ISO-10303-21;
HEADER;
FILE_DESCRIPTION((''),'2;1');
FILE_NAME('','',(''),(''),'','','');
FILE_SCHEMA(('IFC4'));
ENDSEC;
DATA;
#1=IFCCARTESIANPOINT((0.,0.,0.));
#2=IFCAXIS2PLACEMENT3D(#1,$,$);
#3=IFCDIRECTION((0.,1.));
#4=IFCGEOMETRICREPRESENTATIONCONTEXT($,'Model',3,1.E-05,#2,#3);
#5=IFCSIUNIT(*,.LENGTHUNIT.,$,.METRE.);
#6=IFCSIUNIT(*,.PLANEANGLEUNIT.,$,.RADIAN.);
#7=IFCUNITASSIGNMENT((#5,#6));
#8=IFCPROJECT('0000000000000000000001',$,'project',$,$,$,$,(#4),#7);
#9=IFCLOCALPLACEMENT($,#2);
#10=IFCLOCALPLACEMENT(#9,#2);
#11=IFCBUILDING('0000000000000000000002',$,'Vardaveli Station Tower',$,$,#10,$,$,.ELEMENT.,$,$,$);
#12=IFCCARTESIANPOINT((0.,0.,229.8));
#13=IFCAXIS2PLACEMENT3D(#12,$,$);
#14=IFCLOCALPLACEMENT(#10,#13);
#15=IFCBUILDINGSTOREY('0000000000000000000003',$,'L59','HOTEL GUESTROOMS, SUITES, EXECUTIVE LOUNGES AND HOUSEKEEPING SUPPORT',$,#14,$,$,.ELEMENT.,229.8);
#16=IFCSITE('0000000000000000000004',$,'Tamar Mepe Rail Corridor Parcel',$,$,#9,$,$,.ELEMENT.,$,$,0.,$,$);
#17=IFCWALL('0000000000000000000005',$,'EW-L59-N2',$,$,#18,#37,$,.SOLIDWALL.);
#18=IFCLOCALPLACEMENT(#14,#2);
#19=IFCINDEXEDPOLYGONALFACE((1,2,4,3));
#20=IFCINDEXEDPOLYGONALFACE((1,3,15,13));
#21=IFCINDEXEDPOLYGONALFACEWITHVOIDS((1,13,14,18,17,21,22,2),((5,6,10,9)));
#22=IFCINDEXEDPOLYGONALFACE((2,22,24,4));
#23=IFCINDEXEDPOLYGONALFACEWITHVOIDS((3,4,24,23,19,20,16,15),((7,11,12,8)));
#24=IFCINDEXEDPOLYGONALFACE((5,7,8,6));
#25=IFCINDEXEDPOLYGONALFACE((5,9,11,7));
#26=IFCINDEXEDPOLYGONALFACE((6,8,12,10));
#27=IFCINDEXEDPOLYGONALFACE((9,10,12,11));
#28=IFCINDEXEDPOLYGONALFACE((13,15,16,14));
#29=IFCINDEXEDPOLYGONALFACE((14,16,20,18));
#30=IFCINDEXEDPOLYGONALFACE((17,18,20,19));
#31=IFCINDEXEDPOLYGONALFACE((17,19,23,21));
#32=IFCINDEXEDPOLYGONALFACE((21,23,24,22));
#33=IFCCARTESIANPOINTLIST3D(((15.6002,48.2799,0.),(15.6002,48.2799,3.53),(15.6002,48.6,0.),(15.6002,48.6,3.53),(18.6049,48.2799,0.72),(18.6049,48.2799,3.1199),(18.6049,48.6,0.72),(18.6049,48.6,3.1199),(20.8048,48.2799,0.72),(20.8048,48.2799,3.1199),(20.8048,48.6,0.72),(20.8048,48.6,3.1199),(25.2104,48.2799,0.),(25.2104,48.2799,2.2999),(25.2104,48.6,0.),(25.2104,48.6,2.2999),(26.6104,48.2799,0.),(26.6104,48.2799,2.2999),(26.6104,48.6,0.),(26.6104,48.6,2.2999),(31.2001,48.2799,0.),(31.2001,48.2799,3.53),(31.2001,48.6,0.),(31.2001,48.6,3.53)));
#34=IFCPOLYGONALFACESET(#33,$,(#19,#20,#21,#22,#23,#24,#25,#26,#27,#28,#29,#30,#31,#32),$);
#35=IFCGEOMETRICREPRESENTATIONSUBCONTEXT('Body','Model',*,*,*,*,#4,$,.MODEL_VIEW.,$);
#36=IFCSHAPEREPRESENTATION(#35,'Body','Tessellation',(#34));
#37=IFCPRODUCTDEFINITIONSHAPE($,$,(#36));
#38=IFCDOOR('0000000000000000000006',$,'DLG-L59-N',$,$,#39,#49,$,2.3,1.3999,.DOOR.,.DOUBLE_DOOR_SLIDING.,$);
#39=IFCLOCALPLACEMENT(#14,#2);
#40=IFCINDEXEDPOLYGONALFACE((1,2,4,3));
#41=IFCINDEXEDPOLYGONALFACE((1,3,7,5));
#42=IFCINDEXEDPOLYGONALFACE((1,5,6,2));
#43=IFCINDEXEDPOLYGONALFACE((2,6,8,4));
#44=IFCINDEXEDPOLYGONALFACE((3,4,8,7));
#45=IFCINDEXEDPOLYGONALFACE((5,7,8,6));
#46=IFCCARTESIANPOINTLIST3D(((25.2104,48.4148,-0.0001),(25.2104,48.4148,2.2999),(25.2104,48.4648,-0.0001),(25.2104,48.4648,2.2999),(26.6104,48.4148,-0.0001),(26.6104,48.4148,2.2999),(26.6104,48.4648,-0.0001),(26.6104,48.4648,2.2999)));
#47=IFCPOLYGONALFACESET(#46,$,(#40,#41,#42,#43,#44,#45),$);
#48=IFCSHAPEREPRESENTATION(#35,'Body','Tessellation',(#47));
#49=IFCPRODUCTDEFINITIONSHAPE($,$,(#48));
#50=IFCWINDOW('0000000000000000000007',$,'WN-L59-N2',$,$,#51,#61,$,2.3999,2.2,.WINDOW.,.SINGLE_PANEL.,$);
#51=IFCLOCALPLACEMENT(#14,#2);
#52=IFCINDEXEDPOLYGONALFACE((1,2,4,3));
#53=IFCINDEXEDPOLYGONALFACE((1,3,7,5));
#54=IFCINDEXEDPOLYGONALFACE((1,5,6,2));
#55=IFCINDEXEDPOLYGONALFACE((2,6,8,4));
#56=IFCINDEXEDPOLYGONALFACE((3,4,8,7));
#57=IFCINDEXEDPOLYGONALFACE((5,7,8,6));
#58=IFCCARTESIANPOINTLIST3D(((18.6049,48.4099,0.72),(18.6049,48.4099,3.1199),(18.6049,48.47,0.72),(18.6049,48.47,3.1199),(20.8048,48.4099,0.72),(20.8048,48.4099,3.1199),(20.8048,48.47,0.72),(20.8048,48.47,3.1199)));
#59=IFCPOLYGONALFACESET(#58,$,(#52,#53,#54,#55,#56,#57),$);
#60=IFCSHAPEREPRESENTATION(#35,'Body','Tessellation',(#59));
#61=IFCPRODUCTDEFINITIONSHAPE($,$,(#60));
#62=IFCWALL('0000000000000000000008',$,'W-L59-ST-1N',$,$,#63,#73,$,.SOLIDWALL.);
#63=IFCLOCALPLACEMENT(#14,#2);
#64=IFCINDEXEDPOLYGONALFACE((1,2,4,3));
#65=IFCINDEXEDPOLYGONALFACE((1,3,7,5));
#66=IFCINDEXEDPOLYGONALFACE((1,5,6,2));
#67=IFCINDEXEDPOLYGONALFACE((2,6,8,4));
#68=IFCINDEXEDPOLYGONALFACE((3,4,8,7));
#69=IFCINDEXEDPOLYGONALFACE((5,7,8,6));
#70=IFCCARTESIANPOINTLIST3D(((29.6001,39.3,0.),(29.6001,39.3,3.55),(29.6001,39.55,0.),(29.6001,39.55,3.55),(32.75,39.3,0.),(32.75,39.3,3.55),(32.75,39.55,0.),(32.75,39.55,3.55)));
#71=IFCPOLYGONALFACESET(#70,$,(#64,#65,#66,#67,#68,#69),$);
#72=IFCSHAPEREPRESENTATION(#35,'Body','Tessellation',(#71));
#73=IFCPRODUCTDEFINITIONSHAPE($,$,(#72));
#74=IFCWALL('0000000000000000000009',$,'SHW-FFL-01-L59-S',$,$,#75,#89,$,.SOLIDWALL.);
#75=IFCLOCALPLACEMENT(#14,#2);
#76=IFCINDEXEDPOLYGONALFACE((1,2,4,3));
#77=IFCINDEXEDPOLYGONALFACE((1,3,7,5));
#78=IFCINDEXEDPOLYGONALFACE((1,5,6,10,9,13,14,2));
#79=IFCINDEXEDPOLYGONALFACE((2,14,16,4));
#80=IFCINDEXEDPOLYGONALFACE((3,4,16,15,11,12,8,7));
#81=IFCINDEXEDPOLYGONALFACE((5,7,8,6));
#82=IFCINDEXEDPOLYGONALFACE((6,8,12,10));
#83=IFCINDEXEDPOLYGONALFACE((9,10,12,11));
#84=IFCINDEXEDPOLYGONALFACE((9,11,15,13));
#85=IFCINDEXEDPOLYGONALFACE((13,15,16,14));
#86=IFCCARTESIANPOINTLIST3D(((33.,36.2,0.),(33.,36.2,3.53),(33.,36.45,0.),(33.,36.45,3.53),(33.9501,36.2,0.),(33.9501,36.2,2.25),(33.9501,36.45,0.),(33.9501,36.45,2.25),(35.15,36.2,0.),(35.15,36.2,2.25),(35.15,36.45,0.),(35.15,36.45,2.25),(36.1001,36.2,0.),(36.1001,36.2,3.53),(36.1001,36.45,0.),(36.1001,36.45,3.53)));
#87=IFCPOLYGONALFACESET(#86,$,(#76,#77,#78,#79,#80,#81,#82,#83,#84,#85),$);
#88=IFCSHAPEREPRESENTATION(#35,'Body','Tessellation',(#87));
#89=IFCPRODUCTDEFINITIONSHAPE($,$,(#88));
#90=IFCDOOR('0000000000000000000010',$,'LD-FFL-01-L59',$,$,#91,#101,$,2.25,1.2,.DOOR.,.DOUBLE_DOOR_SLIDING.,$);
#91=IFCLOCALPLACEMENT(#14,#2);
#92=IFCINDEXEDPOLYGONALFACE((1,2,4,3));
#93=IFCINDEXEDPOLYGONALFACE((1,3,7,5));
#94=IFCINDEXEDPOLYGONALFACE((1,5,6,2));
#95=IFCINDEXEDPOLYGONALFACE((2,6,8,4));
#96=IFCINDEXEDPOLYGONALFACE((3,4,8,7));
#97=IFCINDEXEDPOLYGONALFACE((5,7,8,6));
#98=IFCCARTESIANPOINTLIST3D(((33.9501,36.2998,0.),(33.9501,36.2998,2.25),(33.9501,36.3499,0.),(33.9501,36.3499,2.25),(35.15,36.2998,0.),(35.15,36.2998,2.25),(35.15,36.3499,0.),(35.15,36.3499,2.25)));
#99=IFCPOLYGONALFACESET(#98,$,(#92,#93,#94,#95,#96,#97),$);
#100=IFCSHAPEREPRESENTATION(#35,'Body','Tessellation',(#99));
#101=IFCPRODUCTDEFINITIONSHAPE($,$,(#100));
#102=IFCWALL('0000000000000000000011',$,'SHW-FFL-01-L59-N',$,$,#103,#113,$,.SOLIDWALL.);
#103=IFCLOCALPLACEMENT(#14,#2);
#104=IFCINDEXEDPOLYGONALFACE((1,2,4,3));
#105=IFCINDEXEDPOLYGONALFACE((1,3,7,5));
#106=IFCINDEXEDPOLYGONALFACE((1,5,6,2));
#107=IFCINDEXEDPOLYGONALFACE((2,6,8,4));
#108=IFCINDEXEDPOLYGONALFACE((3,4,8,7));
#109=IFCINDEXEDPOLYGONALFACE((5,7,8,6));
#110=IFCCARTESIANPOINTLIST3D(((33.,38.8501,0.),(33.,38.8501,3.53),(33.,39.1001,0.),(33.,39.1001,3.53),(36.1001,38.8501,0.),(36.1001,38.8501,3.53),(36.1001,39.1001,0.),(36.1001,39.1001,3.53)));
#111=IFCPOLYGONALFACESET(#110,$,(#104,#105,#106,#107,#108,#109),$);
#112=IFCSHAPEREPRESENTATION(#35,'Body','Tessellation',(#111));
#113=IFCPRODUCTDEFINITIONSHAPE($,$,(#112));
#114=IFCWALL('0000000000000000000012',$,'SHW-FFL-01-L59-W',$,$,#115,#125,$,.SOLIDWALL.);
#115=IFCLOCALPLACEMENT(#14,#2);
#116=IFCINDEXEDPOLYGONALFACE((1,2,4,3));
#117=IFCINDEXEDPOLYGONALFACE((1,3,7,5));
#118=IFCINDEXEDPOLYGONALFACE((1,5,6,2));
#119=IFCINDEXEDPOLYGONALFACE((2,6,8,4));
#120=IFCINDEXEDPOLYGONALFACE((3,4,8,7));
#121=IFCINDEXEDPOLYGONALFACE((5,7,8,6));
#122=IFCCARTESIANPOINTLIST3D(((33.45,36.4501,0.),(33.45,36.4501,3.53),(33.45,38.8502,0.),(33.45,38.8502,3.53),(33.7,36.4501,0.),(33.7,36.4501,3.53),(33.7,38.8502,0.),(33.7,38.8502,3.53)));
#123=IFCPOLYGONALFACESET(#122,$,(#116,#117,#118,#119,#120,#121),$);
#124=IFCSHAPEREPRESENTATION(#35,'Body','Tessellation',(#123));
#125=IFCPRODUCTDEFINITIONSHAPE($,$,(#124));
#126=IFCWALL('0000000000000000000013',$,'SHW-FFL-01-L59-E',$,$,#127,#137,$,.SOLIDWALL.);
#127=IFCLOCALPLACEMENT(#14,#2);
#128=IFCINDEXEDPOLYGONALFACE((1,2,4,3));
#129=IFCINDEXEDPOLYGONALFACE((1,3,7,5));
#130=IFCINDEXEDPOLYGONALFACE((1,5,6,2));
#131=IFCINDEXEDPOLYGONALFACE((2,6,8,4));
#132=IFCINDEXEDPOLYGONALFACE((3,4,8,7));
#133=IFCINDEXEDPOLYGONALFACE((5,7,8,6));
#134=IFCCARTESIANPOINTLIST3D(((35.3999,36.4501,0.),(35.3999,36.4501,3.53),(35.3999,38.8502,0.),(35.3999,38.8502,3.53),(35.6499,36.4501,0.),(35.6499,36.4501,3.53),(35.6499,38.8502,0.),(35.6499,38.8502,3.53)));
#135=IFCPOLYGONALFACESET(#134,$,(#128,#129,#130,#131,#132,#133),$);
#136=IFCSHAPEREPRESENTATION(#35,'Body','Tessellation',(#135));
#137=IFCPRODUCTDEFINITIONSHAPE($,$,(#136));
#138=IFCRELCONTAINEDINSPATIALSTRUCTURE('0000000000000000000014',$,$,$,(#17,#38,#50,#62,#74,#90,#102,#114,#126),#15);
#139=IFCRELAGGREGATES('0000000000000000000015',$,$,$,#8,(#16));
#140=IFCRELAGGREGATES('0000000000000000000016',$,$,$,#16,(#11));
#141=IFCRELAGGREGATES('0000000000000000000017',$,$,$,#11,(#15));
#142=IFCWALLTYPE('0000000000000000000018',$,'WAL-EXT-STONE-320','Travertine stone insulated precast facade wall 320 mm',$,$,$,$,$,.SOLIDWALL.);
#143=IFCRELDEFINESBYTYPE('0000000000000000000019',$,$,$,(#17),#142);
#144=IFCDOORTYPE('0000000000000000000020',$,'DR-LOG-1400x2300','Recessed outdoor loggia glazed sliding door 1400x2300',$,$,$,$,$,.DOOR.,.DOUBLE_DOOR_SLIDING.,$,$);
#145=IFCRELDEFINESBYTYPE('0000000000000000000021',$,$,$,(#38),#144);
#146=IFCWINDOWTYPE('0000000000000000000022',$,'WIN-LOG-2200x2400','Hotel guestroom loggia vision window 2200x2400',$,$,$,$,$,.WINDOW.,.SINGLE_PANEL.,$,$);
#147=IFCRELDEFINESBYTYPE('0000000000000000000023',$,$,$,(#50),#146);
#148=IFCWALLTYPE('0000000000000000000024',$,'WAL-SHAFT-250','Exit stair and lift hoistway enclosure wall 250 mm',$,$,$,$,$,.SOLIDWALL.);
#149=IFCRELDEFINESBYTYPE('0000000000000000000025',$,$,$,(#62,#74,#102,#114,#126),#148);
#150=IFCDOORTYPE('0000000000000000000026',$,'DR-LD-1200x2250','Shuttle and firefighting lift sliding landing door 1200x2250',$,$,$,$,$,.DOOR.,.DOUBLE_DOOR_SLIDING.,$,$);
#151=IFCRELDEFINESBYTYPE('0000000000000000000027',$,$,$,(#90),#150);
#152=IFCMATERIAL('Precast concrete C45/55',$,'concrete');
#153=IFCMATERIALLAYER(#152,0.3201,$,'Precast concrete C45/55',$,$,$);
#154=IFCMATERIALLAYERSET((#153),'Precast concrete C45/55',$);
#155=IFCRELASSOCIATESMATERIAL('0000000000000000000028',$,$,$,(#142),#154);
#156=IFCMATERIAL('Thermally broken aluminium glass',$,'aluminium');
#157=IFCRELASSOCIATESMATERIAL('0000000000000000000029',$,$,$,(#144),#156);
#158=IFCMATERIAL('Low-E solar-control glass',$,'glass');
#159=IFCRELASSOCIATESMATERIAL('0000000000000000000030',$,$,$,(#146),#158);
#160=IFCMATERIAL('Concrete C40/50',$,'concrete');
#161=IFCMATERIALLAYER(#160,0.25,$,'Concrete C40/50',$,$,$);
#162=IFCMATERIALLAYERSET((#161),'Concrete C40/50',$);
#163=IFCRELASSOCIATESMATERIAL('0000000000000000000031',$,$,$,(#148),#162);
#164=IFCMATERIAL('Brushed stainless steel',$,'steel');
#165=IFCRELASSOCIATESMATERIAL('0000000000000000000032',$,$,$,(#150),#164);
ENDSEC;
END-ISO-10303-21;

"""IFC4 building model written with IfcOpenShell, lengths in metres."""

from ifc_helpers import new_model, si_unit, direction, frame, frame_2d, origin, place, context, subcontext, project, spatial, rectangle, extrude, source, transform, mapped, material, layer, layer_set, type_object, element, fill, save


model = new_model("IFC4")

# Units and contexts
model_context = context("Model", 3, precision=1e-05, world=origin(), true_north=direction((0.0, 1.0)))
body_context = subcontext(model_context, "Body", "Model", "MODEL_VIEW")
ifc_project = project(units=[si_unit("LENGTHUNIT", "METRE"), si_unit("PLANEANGLEUNIT", "RADIAN")], contexts=[model_context])

# Site, building, storey
site_placement = place(None, origin())
site = spatial("IfcSite", under=ifc_project, at=site_placement, Name="Tamar Mepe Rail Corridor Parcel", CompositionType="ELEMENT", RefElevation=0.0)
building_placement = place(site_placement, origin())
building = spatial("IfcBuilding", under=site, at=building_placement, Name="Vardaveli Station Tower", CompositionType="ELEMENT")
storey_placement = place(building_placement, frame((0.0, 0.0, 229.8)))
storey = spatial("IfcBuildingStorey", under=building, at=storey_placement, Name="L59", Description="HOTEL GUESTROOMS, SUITES, EXECUTIVE LOUNGES AND HOUSEKEEPING SUPPORT", CompositionType="ELEMENT", Elevation=229.8)

# Shared definitions
ifc_material_1 = material(Name="Precast concrete C45/55", Category="concrete")

# Wall, openings, door, window
ifc_layer_1 = layer(ifc_material_1, 0.3201, Name="Precast concrete C45/55")
ifc_layer_set_1 = layer_set([ifc_layer_1], Name="Precast concrete C45/55")
wall_type_1 = type_object("IfcWallType", Name="WAL-EXT-STONE-320", Description="Travertine stone insulated precast facade wall 320 mm", PredefinedType="SOLIDWALL", material=ifc_layer_set_1)
shared_shape_1 = source(origin(), body_context, "Body", "SweptSolid", [
    extrude(rectangle(XDim=15.5999, YDim=0.3201, at=frame_2d((7.7998, 0.0))), origin(), (0.0, 0.0, 1.0), 3.53),
])
wall_1_placement = place(storey_placement, frame((31.2, 48.4399, 0.0), z_axis=(0.0, 0.0, 1.0), x_axis=(-1.0, 0.0, 0.0)))
wall_1 = element("IfcWall", 1, at=wall_1_placement, inside=storey, type_object=wall_type_1, Name="EW-L59-N2", PredefinedType="SOLIDWALL", context=body_context, shape_type="MappedRepresentation", body=[
    mapped(shared_shape_1, transform((0.0, 0.0, 0.0), scale=1.0)),
])
shared_shape_2 = source(origin(), body_context, "Body", "SweptSolid", [
    extrude(rectangle(XDim=1.3999, YDim=2.3, at=frame_2d((0.7, 1.1499))), frame((0.0, 0.1699, 0.0), z_axis=(0.0, -1.0, 0.0), x_axis=(1.0, 0.0, 0.0)), (0.0, 0.0, 1.0), 0.3401),
])
opening_1_placement = place(wall_1_placement, frame((4.5896, 0.0, 0.0)))
opening_1 = element("IfcOpeningElement", 2, at=opening_1_placement, cuts=wall_1, PredefinedType="OPENING", context=body_context, shape_type="MappedRepresentation", body=[
    mapped(shared_shape_2, transform((0.0, 0.0, 0.0), scale=1.0)),
])
shared_shape_3 = source(origin(), body_context, "Body", "SweptSolid", [
    extrude(rectangle(XDim=2.2, YDim=2.3999, at=frame_2d((1.1001, 1.2))), frame((0.0, 0.1699, 0.0), z_axis=(0.0, -1.0, 0.0), x_axis=(1.0, 0.0, 0.0)), (0.0, 0.0, 1.0), 0.3401),
])
opening_2_placement = place(wall_1_placement, frame((10.395, 0.0, 0.72)))
opening_2 = element("IfcOpeningElement", 3, at=opening_2_placement, cuts=wall_1, PredefinedType="OPENING", context=body_context, shape_type="MappedRepresentation", body=[
    mapped(shared_shape_3, transform((0.0, 0.0, 0.0), scale=1.0)),
])
ifc_material_2 = material(Name="Thermally broken aluminium glass", Category="aluminium")
door_type_1 = type_object("IfcDoorType", Name="DR-LOG-1400x2300", Description="Recessed outdoor loggia glazed sliding door 1400x2300", OperationType="DOUBLE_DOOR_SLIDING", PredefinedType="DOOR", material=ifc_material_2)
shared_shape_4 = source(origin(), body_context, "Body", "SweptSolid", [
    extrude(rectangle(XDim=1.3999, YDim=2.3, at=frame_2d((0.7, 1.1499))), frame((0.0, 0.0249, 0.0), z_axis=(0.0, -1.0, 0.0), x_axis=(1.0, 0.0, 0.0)), (0.0, 0.0, 1.0), 0.05),
])
door_1_placement = place(opening_1_placement, frame((1.3999, 0.0, 0.0), z_axis=(0.0, 0.0, 1.0), x_axis=(-1.0, 0.0, 0.0)))
door_1 = element("IfcDoor", 4, at=door_1_placement, inside=storey, type_object=door_type_1, Name="DLG-L59-N", OperationType="DOUBLE_DOOR_SLIDING", OverallHeight=2.3, OverallWidth=1.3999, PredefinedType="DOOR", context=body_context, shape_type="MappedRepresentation", body=[
    mapped(shared_shape_4, transform((0.0, 0.0, 0.0), scale=1.0)),
])
fill(opening_1, door_1)
ifc_material_3 = material(Name="Low-E solar-control glass", Category="glass")
window_type = type_object("IfcWindowType", Name="WIN-LOG-2200x2400", Description="Hotel guestroom loggia vision window 2200x2400", PartitioningType="SINGLE_PANEL", PredefinedType="WINDOW", material=ifc_material_3)
shared_shape_5 = source(origin(), body_context, "Body", "SweptSolid", [
    extrude(rectangle(XDim=2.2, YDim=2.3999, at=frame_2d((1.1001, 1.2))), frame((0.0, 0.03, 0.0), z_axis=(0.0, -1.0, 0.0), x_axis=(1.0, 0.0, 0.0)), (0.0, 0.0, 1.0), 0.0601),
])
window_placement = place(opening_2_placement, origin())
window = element("IfcWindow", 5, at=window_placement, inside=storey, type_object=window_type, Name="WN-L59-N2", OverallHeight=2.3999, OverallWidth=2.2, PartitioningType="SINGLE_PANEL", PredefinedType="WINDOW", context=body_context, shape_type="MappedRepresentation", body=[
    mapped(shared_shape_5, transform((0.0, 0.0, 0.0), scale=1.0)),
])
fill(opening_2, window)

# Wall
ifc_material_4 = material(Name="Concrete C40/50", Category="concrete")
ifc_layer_2 = layer(ifc_material_4, 0.25, Name="Concrete C40/50")
ifc_layer_set_2 = layer_set([ifc_layer_2], Name="Concrete C40/50")
wall_type_2 = type_object("IfcWallType", Name="WAL-SHAFT-250", Description="Exit stair and lift hoistway enclosure wall 250 mm", PredefinedType="SOLIDWALL", material=ifc_layer_set_2)
shared_shape_6 = source(origin(), body_context, "Body", "SweptSolid", [
    extrude(rectangle(XDim=3.1499, YDim=0.25, at=frame_2d((1.575, 0.0))), origin(), (0.0, 0.0, 1.0), 3.55),
])
wall_2_placement = place(storey_placement, frame((29.6001, 39.425, 0.0), z_axis=(0.0, 0.0, 1.0), x_axis=(1.0, 0.0, 0.0)))
element("IfcWall", 6, at=wall_2_placement, inside=storey, type_object=wall_type_2, Name="W-L59-ST-1N", PredefinedType="SOLIDWALL", context=body_context, shape_type="MappedRepresentation", body=[
    mapped(shared_shape_6, transform((0.0, 0.0, 0.0), scale=1.0)),
])

# Wall, opening, door
shared_shape_7 = source(origin(), body_context, "Body", "SweptSolid", [
    extrude(rectangle(XDim=3.1001, YDim=0.25, at=frame_2d((1.55, 0.0))), origin(), (0.0, 0.0, 1.0), 3.53),
])
wall_3_placement = place(storey_placement, frame((33.0, 36.325, 0.0), z_axis=(0.0, 0.0, 1.0), x_axis=(1.0, 0.0, 0.0)))
wall_3 = element("IfcWall", 7, at=wall_3_placement, inside=storey, type_object=wall_type_2, Name="SHW-FFL-01-L59-S", PredefinedType="SOLIDWALL", context=body_context, shape_type="MappedRepresentation", body=[
    mapped(shared_shape_7, transform((0.0, 0.0, 0.0), scale=1.0)),
])
shared_shape_8 = source(origin(), body_context, "Body", "SweptSolid", [
    extrude(rectangle(XDim=1.2, YDim=2.25, at=frame_2d((0.6001, 1.125))), frame((0.0, 0.135, 0.0), z_axis=(0.0, -1.0, 0.0), x_axis=(1.0, 0.0, 0.0)), (0.0, 0.0, 1.0), 0.27),
])
opening_3_placement = place(wall_3_placement, frame((0.95, 0.0, 0.0)))
opening_3 = element("IfcOpeningElement", 8, at=opening_3_placement, cuts=wall_3, PredefinedType="OPENING", context=body_context, shape_type="MappedRepresentation", body=[
    mapped(shared_shape_8, transform((0.0, 0.0, 0.0), scale=1.0)),
])
ifc_material_5 = material(Name="Brushed stainless steel", Category="steel")
door_type_2 = type_object("IfcDoorType", Name="DR-LD-1200x2250", Description="Shuttle and firefighting lift sliding landing door 1200x2250", OperationType="DOUBLE_DOOR_SLIDING", PredefinedType="DOOR", material=ifc_material_5)
shared_shape_9 = source(origin(), body_context, "Body", "SweptSolid", [
    extrude(rectangle(XDim=1.2, YDim=2.25, at=frame_2d((0.6001, 1.125))), frame((0.0, 0.0249, 0.0), z_axis=(0.0, -1.0, 0.0), x_axis=(1.0, 0.0, 0.0)), (0.0, 0.0, 1.0), 0.05),
])
door_2_placement = place(opening_3_placement, origin())
door_2 = element("IfcDoor", 9, at=door_2_placement, inside=storey, type_object=door_type_2, Name="LD-FFL-01-L59", OperationType="DOUBLE_DOOR_SLIDING", OverallHeight=2.25, OverallWidth=1.2, PredefinedType="DOOR", context=body_context, shape_type="MappedRepresentation", body=[
    mapped(shared_shape_9, transform((0.0, 0.0, 0.0), scale=1.0)),
])
fill(opening_3, door_2)

# Walls
wall_4_placement = place(storey_placement, frame((33.0, 38.9751, 0.0), z_axis=(0.0, 0.0, 1.0), x_axis=(1.0, 0.0, 0.0)))
element("IfcWall", 10, at=wall_4_placement, inside=storey, type_object=wall_type_2, Name="SHW-FFL-01-L59-N", PredefinedType="SOLIDWALL", context=body_context, shape_type="MappedRepresentation", body=[
    mapped(shared_shape_7, transform((0.0, 0.0, 0.0), scale=1.0)),
])
shared_shape_10 = source(origin(), body_context, "Body", "SweptSolid", [
    extrude(rectangle(XDim=2.4001, YDim=0.25, at=frame_2d((1.2002, 0.0))), origin(), (0.0, 0.0, 1.0), 3.53),
])
for number, where, z_axis, x_axis, name in (
    (11, (33.575, 36.45, 0.0), (0.0, 0.0, 1.0), (0.0, 1.0, 0.0), "SHW-FFL-01-L59-W"),
    (12, (35.5249, 36.45, 0.0), (0.0, 0.0, 1.0), (0.0, 1.0, 0.0), "SHW-FFL-01-L59-E"),
):
    element("IfcWall", number, at=place(storey_placement, frame(where, z_axis=z_axis, x_axis=x_axis)), inside=storey, type_object=wall_type_2, Name=name, PredefinedType="SOLIDWALL", context=body_context, shape_type="MappedRepresentation", body=[
        mapped(shared_shape_10, transform((0.0, 0.0, 0.0), scale=1.0)),
    ])

save(model, "model.ifc")
